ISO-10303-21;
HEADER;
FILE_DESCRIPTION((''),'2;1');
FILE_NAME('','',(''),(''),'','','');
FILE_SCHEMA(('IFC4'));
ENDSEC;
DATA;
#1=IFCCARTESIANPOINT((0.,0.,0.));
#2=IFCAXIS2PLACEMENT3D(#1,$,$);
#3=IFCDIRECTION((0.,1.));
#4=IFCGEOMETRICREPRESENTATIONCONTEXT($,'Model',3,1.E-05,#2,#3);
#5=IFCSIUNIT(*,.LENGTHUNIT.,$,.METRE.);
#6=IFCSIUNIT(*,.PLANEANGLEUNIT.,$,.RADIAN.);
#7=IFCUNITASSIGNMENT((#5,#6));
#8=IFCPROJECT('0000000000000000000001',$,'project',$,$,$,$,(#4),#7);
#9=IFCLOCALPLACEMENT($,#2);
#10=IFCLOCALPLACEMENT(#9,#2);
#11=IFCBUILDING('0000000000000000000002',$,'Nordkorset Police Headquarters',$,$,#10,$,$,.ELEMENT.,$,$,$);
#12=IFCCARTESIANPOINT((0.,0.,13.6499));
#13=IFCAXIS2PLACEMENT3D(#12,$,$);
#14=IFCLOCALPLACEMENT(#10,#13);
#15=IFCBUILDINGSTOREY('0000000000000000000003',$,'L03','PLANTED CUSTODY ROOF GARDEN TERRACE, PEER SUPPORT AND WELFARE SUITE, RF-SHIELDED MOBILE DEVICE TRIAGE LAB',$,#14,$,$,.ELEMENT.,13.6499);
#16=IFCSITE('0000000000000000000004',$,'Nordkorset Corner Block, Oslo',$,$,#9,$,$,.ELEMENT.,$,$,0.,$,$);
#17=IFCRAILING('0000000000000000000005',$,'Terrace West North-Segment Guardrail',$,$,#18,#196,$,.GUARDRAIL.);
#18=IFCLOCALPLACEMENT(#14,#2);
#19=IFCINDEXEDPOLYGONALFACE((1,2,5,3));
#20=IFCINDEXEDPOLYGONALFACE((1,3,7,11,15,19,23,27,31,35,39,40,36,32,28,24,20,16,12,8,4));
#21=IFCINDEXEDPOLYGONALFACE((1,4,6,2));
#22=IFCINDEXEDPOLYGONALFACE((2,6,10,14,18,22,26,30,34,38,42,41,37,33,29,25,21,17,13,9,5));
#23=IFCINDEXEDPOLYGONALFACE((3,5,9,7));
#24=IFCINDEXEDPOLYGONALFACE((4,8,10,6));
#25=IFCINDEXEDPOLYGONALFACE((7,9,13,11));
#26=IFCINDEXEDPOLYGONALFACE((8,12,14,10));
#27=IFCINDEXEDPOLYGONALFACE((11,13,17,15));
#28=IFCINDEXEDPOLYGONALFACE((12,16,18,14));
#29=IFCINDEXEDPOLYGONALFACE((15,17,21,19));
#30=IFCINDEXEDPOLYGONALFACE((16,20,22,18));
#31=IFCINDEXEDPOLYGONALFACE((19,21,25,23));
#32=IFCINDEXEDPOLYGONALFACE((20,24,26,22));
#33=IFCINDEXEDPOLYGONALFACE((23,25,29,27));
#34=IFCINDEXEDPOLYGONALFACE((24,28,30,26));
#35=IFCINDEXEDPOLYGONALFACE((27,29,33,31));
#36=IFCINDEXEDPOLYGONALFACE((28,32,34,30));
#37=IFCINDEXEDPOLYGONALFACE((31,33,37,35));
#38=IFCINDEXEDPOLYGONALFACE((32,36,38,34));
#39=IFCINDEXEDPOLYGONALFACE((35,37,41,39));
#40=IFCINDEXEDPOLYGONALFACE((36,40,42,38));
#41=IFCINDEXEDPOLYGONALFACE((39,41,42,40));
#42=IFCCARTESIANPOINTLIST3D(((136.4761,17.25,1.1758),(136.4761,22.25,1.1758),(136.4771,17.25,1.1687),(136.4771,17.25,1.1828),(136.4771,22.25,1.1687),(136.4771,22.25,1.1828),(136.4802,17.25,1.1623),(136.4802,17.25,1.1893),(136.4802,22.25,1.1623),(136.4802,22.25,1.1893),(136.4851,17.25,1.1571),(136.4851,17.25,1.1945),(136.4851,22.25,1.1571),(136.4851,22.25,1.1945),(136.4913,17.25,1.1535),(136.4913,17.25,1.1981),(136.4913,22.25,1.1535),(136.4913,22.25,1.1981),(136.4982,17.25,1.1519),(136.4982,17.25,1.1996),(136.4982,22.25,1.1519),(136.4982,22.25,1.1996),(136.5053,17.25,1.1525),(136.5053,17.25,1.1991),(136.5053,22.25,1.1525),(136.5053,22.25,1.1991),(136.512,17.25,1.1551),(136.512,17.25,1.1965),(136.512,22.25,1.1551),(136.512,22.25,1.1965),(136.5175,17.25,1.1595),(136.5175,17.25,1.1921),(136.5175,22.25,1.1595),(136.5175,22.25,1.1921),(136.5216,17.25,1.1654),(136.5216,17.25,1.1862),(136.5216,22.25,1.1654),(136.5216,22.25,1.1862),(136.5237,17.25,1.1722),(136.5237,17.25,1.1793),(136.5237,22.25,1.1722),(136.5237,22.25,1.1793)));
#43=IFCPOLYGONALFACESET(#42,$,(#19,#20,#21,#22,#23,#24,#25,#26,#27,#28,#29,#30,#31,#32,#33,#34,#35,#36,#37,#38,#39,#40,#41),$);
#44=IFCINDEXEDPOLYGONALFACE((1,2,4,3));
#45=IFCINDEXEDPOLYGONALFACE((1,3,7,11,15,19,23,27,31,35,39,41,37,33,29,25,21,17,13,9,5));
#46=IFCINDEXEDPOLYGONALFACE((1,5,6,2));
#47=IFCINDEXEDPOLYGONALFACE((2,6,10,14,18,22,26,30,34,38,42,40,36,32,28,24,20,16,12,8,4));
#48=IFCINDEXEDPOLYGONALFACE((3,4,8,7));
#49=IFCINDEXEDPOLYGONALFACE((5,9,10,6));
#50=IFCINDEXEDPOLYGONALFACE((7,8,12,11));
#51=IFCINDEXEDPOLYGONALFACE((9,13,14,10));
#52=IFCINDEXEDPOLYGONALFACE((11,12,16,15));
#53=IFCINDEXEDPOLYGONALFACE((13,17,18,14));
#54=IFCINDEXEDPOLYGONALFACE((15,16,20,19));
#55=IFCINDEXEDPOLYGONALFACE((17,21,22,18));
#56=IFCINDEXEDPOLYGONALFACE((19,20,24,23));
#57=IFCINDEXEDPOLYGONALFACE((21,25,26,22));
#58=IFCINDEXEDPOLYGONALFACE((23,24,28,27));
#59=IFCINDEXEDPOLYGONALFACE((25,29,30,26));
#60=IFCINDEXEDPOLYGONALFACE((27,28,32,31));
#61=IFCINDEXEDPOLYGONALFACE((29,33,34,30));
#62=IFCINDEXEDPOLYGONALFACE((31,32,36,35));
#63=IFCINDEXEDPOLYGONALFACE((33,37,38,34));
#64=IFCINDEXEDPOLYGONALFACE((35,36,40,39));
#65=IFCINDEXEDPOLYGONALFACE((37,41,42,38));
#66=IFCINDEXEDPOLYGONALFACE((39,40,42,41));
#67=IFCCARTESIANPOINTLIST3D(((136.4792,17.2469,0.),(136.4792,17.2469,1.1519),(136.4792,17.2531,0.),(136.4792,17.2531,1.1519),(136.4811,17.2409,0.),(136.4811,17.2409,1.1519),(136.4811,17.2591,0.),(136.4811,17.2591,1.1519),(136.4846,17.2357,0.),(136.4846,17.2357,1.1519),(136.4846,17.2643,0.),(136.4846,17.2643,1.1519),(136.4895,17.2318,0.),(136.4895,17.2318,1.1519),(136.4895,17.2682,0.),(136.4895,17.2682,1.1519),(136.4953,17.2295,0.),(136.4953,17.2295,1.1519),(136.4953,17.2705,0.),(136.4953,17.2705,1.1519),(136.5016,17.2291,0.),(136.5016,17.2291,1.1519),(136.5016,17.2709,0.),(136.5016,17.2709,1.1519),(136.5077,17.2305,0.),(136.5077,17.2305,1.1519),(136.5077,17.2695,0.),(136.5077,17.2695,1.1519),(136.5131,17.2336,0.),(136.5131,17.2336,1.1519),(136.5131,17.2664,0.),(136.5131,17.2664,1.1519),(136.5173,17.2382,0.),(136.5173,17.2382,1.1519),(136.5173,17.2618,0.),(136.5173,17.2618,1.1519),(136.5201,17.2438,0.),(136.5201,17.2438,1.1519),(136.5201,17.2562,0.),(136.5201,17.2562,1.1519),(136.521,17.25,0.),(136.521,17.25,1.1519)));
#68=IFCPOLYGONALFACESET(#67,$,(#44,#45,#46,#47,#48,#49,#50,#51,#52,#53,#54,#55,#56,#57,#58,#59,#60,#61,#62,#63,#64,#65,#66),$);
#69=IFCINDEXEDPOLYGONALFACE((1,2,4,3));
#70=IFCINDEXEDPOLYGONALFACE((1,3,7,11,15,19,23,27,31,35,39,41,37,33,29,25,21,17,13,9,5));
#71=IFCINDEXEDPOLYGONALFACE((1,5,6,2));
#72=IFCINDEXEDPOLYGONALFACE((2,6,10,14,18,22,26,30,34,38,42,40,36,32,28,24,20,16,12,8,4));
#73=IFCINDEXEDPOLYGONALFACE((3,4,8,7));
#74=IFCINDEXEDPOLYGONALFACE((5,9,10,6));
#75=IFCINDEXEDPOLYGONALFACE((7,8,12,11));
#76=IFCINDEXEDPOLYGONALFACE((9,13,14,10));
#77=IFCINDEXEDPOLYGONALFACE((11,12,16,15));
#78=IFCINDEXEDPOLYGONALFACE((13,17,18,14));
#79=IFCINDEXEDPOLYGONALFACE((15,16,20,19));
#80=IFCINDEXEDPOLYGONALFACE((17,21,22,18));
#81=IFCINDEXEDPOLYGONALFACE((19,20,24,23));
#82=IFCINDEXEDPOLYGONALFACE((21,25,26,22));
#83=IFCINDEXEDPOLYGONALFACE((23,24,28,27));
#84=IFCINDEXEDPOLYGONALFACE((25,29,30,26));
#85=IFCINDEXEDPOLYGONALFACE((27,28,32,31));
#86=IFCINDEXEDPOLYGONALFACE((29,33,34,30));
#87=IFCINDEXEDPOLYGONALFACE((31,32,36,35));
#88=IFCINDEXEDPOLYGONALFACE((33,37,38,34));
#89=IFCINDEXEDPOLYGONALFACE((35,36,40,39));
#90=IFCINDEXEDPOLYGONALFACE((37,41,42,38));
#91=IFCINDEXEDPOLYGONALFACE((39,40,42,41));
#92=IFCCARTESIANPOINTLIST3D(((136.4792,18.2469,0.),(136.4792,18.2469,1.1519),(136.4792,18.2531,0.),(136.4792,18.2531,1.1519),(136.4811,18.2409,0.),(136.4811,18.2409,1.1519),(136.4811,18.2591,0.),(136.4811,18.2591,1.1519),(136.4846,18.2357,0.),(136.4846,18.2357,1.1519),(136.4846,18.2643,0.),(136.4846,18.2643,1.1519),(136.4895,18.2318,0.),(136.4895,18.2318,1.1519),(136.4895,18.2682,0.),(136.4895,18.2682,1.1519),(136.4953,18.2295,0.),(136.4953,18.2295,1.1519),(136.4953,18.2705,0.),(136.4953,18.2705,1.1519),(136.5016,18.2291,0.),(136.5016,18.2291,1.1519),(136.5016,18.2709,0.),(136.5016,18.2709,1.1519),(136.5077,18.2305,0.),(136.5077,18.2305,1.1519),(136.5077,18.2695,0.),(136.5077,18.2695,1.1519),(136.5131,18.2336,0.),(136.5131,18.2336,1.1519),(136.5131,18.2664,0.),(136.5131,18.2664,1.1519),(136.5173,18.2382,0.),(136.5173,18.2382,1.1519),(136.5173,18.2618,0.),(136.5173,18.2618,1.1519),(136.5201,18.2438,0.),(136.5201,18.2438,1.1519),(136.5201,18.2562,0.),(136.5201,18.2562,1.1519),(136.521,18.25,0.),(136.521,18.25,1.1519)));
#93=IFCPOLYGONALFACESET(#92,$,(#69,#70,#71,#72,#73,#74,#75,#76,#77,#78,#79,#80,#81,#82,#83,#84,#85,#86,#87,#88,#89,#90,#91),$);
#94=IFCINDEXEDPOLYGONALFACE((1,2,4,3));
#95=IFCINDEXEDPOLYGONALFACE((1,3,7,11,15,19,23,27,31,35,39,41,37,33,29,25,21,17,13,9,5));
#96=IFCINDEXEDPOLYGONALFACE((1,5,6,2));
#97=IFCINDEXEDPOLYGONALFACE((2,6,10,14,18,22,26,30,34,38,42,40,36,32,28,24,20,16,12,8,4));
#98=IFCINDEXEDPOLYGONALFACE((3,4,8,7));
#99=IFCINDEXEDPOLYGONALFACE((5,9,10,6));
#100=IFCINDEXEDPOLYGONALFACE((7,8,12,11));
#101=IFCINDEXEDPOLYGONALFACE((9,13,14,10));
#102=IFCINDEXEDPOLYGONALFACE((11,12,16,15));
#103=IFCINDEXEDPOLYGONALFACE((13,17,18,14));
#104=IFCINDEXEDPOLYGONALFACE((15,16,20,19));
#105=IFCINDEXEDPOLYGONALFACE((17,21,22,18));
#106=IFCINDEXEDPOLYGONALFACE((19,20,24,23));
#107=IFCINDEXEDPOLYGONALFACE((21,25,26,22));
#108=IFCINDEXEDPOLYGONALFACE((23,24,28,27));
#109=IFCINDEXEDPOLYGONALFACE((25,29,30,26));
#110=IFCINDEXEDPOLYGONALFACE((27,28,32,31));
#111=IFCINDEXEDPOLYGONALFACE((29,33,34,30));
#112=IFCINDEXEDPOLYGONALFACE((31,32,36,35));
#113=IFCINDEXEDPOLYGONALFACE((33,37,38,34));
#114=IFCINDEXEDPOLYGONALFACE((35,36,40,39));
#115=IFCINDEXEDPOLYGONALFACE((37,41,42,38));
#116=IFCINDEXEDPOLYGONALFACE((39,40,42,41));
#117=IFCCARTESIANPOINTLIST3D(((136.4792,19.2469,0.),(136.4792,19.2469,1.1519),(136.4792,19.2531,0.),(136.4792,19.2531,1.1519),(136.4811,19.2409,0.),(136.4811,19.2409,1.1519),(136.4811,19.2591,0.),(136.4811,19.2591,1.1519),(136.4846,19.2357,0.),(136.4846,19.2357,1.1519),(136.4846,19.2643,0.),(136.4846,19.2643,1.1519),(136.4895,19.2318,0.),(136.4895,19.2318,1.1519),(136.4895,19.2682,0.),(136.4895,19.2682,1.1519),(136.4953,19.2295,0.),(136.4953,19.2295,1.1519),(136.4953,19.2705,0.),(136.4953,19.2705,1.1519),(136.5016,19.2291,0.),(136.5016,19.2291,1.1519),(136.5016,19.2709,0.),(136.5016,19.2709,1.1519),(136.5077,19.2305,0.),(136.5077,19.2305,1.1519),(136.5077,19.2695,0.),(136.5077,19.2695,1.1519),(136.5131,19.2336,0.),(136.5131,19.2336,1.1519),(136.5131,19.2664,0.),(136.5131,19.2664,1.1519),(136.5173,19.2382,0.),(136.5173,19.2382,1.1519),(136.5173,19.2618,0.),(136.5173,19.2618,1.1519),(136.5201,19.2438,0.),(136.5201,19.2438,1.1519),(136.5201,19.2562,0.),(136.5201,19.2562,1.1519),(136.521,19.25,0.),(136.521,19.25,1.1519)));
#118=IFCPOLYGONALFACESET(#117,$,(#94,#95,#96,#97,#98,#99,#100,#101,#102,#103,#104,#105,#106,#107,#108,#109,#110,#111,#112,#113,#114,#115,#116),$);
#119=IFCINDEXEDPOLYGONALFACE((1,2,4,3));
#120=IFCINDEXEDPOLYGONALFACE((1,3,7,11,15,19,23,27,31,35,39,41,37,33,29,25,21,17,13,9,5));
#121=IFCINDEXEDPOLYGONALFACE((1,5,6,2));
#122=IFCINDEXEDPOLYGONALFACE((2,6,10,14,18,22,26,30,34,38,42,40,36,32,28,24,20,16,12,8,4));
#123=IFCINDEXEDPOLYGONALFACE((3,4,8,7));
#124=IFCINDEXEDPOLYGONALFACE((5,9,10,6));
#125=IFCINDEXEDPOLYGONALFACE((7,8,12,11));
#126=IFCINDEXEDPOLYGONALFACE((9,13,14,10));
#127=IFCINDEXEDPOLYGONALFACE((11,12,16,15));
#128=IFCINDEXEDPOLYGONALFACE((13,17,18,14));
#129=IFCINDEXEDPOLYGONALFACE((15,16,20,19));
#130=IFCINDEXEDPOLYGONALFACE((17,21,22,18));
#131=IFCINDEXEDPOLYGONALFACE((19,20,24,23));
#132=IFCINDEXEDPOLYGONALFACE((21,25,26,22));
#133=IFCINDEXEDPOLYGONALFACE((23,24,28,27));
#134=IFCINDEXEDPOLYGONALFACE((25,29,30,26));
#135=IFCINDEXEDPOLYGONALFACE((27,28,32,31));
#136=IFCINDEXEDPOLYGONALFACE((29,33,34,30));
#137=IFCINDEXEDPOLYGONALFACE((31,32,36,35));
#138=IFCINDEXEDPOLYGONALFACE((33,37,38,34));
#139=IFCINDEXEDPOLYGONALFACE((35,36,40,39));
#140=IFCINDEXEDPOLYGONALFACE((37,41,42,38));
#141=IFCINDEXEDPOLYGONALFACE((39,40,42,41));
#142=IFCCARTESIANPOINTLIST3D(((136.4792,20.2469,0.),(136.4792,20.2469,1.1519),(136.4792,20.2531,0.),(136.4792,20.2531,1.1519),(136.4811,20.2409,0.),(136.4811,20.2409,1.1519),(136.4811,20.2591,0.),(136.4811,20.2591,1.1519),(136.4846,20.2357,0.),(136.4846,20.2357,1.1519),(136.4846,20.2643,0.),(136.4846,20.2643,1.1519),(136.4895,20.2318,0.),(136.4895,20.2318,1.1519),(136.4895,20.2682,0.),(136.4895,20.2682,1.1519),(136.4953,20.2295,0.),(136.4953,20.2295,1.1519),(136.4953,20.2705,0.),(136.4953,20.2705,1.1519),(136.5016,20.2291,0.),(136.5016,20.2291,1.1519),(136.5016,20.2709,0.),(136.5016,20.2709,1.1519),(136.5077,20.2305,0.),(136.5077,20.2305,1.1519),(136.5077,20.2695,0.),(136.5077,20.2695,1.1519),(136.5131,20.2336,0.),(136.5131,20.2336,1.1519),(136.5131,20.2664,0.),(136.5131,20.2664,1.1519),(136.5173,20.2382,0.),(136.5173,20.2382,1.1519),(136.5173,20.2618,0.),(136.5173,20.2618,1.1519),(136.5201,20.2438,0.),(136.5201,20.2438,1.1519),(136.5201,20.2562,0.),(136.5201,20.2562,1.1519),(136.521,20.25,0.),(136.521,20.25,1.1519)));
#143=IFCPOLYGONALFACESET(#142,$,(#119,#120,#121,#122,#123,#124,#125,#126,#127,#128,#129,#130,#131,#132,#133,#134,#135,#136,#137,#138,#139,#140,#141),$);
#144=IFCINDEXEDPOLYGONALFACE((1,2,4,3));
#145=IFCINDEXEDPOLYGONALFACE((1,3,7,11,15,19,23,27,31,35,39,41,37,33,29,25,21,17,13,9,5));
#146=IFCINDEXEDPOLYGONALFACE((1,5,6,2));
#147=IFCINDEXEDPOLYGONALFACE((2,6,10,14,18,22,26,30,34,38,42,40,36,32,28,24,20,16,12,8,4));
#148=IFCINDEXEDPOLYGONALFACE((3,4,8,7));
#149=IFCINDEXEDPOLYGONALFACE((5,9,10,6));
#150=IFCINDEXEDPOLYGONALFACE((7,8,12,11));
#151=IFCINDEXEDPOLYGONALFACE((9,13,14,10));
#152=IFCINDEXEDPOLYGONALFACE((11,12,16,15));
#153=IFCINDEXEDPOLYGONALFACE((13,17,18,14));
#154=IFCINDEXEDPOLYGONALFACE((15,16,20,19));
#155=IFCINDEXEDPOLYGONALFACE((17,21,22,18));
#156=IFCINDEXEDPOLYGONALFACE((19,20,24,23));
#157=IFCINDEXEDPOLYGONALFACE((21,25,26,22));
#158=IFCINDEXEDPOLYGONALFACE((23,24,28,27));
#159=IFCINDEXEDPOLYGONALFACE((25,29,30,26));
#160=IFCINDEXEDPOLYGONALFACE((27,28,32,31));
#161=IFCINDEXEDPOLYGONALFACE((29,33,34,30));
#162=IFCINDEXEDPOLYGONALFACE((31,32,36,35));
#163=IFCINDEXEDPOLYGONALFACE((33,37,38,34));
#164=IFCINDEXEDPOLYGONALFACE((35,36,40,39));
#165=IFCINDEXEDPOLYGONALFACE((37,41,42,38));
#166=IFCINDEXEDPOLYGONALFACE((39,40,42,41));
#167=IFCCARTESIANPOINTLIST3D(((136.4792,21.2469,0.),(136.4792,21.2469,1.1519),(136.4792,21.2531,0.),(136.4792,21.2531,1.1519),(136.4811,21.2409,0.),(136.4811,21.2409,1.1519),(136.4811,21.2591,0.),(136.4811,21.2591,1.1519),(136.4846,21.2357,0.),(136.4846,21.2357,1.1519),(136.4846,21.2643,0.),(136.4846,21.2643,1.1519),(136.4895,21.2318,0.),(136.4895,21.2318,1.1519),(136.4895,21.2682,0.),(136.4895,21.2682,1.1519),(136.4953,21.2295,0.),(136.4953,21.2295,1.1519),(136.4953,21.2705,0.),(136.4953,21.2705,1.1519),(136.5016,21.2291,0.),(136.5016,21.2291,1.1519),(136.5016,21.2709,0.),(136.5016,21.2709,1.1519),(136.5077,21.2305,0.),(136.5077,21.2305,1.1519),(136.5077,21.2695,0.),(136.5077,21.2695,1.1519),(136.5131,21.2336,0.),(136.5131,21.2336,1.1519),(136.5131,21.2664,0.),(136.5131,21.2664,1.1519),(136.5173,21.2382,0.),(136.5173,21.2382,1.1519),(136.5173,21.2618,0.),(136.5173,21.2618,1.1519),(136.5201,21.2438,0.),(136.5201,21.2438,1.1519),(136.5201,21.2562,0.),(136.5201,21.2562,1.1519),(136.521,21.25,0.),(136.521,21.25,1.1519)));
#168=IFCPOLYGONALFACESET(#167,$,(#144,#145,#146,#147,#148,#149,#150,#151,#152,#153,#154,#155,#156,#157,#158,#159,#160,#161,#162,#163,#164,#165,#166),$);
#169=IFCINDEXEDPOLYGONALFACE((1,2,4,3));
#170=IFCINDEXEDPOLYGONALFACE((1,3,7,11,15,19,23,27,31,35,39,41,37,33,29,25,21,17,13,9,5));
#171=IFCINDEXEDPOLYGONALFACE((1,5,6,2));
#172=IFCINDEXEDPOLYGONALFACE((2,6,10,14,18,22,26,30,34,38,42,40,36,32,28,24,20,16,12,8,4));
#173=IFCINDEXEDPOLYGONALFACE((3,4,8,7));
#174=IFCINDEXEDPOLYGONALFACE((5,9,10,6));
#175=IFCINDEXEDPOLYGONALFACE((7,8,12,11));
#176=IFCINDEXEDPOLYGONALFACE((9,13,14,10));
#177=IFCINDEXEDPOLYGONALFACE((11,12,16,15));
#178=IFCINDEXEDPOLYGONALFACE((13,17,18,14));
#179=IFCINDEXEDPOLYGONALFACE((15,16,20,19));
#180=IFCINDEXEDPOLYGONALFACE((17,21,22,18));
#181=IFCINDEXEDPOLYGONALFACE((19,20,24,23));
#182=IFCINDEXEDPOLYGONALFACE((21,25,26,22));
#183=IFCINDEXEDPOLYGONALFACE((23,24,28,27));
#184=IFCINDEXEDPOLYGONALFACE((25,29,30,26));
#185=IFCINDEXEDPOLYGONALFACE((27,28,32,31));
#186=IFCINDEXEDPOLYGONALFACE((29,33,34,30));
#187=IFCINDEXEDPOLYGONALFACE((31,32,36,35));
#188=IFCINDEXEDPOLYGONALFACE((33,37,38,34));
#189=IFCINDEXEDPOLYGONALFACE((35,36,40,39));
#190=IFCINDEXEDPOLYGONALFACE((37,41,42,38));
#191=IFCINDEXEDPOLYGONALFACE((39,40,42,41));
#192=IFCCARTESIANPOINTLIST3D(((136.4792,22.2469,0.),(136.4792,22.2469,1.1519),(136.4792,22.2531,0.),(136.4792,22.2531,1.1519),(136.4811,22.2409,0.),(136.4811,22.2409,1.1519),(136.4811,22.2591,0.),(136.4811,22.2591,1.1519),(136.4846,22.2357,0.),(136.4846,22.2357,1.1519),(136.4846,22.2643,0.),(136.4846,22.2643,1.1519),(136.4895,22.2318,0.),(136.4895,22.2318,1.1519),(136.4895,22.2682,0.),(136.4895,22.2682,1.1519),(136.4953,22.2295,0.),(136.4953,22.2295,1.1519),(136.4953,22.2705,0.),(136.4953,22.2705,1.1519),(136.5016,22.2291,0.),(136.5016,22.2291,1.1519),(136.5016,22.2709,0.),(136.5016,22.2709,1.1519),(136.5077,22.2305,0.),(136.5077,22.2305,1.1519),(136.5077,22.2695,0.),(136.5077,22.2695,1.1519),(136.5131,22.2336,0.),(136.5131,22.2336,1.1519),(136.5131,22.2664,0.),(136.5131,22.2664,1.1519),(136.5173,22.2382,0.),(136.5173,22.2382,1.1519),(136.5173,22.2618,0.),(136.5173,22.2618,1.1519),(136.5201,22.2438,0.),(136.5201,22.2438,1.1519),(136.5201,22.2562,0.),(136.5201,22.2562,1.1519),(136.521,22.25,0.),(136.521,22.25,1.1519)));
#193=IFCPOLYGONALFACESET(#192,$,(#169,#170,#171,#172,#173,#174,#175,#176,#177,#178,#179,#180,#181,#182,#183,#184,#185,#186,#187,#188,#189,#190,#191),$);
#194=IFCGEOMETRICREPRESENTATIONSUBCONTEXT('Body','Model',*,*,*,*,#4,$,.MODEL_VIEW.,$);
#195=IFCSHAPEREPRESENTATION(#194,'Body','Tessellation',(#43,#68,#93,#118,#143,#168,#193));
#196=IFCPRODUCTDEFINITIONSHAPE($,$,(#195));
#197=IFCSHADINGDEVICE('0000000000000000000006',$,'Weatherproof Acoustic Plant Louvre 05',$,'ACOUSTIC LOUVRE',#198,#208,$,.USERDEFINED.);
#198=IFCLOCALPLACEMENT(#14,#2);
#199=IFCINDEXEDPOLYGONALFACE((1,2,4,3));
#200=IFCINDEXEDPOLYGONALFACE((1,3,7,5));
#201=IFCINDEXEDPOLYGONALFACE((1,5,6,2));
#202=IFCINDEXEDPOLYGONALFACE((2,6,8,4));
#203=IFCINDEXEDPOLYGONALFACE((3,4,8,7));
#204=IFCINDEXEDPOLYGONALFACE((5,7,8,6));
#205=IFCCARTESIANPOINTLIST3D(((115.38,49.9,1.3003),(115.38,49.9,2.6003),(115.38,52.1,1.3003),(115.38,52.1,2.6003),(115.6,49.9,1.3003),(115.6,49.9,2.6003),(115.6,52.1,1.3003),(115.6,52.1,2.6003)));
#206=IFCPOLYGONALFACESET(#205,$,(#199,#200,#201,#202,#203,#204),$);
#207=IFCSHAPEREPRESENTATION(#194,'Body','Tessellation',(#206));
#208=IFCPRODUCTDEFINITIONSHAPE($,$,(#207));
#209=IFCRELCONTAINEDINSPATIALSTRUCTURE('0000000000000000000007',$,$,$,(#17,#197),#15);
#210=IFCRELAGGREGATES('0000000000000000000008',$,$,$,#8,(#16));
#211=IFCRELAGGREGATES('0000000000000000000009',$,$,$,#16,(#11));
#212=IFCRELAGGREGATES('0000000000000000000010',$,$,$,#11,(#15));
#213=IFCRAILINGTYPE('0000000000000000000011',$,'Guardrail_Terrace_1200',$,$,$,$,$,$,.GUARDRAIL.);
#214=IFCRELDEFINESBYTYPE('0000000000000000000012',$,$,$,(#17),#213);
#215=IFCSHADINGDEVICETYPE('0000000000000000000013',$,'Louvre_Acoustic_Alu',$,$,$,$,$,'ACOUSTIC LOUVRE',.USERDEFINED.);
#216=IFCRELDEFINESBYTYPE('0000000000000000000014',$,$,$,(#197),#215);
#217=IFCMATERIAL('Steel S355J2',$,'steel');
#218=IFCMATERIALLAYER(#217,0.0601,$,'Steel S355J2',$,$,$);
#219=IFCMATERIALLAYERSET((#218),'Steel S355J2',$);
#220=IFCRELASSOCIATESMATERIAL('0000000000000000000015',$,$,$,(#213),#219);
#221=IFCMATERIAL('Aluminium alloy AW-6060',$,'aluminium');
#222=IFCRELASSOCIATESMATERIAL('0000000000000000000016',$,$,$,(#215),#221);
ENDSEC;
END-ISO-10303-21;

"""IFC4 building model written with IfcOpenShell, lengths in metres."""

from ifc_helpers import new_model, si_unit, direction, frame, origin, origin_2d, place, context, subcontext, project, spatial, rectangle, circle, extrude, material, layer, layer_set, type_object, element, save


model = new_model("IFC4")

# Units and contexts
model_context = context("Model", 3, precision=1e-05, world=origin(), true_north=direction((0.0, 1.0)))
body_context = subcontext(model_context, "Body", "Model", "MODEL_VIEW")
ifc_project = project(units=[si_unit("LENGTHUNIT", "METRE"), si_unit("PLANEANGLEUNIT", "RADIAN")], contexts=[model_context])

# Site, building, storey
site_placement = place(None, origin())
site = spatial("IfcSite", under=ifc_project, at=site_placement, Name="Nordkorset Corner Block, Oslo", CompositionType="ELEMENT", RefElevation=0.0)
building_placement = place(site_placement, origin())
building = spatial("IfcBuilding", under=site, at=building_placement, Name="Nordkorset Police Headquarters", CompositionType="ELEMENT")
storey_placement = place(building_placement, frame((0.0, 0.0, 13.6499)))
storey = spatial("IfcBuildingStorey", under=building, at=storey_placement, Name="L03", Description="PLANTED CUSTODY ROOF GARDEN TERRACE, PEER SUPPORT AND WELFARE SUITE, RF-SHIELDED MOBILE DEVICE TRIAGE LAB", CompositionType="ELEMENT", Elevation=13.6499)

# Railing
ifc_material_1 = material(Name="Steel S355J2", Category="steel")
ifc_layer_1 = layer(ifc_material_1, 0.0601, Name="Steel S355J2")
ifc_layer_set_1 = layer_set([ifc_layer_1], Name="Steel S355J2")
railing_type_1 = type_object("IfcRailingType", Name="Guardrail_Terrace_1200", PredefinedType="GUARDRAIL", material=ifc_layer_set_1)
railing_1_placement = place(storey_placement, frame((136.5, 17.25, 0.0)))
element("IfcRailing", 1, at=railing_1_placement, inside=storey, type_object=railing_type_1, Name="Terrace West North-Segment Guardrail", PredefinedType="GUARDRAIL", context=body_context, shape_type="SweptSolid", body=[
    extrude(circle(Radius=0.0239, at=origin_2d()), frame((0.0, 0.0, 1.1758), z_axis=(0.0, 1.0, 0.0), x_axis=(-1.0, 0.0, 0.0)), (0.0, 0.0, 1.0), 5.0),
    extrude(circle(Radius=0.021, at=origin_2d()), origin(), (0.0, 0.0, 1.0), 1.1519),
    extrude(circle(Radius=0.021, at=origin_2d()), frame((0.0, 1.0, 0.0)), (0.0, 0.0, 1.0), 1.1519),
    extrude(circle(Radius=0.021, at=origin_2d()), frame((0.0, 2.0, 0.0)), (0.0, 0.0, 1.0), 1.1519),
    extrude(circle(Radius=0.021, at=origin_2d()), frame((0.0, 3.0, 0.0)), (0.0, 0.0, 1.0), 1.1519),
    extrude(circle(Radius=0.021, at=origin_2d()), frame((0.0, 4.0, 0.0)), (0.0, 0.0, 1.0), 1.1519),
    extrude(circle(Radius=0.021, at=origin_2d()), frame((0.0, 5.0, 0.0)), (0.0, 0.0, 1.0), 1.1519),
])

# Shading device
ifc_material_2 = material(Name="Aluminium alloy AW-6060", Category="aluminium")
shading_device_type = type_object("IfcShadingDeviceType", Name="Louvre_Acoustic_Alu", ElementType="ACOUSTIC LOUVRE", PredefinedType="USERDEFINED", material=ifc_material_2)
for number, where, z_axis, x_axis, name in (
    (2, (115.49, 51.0, 1.3003), (0.0, 0.0, 1.0), (1.0, 0.0, 0.0), "Weatherproof Acoustic Plant Louvre 05"),
):
    element("IfcShadingDevice", number, at=place(storey_placement, frame(where, z_axis=z_axis, x_axis=x_axis)), inside=storey, type_object=shading_device_type, Name=name, ObjectType="ACOUSTIC LOUVRE", PredefinedType="USERDEFINED", context=body_context, shape_type="SweptSolid", body=[
        extrude(rectangle(XDim=0.22, YDim=2.2, at=origin_2d()), origin(), (0.0, 0.0, 1.0), 1.3),
    ])

save(model, "model.ifc")
